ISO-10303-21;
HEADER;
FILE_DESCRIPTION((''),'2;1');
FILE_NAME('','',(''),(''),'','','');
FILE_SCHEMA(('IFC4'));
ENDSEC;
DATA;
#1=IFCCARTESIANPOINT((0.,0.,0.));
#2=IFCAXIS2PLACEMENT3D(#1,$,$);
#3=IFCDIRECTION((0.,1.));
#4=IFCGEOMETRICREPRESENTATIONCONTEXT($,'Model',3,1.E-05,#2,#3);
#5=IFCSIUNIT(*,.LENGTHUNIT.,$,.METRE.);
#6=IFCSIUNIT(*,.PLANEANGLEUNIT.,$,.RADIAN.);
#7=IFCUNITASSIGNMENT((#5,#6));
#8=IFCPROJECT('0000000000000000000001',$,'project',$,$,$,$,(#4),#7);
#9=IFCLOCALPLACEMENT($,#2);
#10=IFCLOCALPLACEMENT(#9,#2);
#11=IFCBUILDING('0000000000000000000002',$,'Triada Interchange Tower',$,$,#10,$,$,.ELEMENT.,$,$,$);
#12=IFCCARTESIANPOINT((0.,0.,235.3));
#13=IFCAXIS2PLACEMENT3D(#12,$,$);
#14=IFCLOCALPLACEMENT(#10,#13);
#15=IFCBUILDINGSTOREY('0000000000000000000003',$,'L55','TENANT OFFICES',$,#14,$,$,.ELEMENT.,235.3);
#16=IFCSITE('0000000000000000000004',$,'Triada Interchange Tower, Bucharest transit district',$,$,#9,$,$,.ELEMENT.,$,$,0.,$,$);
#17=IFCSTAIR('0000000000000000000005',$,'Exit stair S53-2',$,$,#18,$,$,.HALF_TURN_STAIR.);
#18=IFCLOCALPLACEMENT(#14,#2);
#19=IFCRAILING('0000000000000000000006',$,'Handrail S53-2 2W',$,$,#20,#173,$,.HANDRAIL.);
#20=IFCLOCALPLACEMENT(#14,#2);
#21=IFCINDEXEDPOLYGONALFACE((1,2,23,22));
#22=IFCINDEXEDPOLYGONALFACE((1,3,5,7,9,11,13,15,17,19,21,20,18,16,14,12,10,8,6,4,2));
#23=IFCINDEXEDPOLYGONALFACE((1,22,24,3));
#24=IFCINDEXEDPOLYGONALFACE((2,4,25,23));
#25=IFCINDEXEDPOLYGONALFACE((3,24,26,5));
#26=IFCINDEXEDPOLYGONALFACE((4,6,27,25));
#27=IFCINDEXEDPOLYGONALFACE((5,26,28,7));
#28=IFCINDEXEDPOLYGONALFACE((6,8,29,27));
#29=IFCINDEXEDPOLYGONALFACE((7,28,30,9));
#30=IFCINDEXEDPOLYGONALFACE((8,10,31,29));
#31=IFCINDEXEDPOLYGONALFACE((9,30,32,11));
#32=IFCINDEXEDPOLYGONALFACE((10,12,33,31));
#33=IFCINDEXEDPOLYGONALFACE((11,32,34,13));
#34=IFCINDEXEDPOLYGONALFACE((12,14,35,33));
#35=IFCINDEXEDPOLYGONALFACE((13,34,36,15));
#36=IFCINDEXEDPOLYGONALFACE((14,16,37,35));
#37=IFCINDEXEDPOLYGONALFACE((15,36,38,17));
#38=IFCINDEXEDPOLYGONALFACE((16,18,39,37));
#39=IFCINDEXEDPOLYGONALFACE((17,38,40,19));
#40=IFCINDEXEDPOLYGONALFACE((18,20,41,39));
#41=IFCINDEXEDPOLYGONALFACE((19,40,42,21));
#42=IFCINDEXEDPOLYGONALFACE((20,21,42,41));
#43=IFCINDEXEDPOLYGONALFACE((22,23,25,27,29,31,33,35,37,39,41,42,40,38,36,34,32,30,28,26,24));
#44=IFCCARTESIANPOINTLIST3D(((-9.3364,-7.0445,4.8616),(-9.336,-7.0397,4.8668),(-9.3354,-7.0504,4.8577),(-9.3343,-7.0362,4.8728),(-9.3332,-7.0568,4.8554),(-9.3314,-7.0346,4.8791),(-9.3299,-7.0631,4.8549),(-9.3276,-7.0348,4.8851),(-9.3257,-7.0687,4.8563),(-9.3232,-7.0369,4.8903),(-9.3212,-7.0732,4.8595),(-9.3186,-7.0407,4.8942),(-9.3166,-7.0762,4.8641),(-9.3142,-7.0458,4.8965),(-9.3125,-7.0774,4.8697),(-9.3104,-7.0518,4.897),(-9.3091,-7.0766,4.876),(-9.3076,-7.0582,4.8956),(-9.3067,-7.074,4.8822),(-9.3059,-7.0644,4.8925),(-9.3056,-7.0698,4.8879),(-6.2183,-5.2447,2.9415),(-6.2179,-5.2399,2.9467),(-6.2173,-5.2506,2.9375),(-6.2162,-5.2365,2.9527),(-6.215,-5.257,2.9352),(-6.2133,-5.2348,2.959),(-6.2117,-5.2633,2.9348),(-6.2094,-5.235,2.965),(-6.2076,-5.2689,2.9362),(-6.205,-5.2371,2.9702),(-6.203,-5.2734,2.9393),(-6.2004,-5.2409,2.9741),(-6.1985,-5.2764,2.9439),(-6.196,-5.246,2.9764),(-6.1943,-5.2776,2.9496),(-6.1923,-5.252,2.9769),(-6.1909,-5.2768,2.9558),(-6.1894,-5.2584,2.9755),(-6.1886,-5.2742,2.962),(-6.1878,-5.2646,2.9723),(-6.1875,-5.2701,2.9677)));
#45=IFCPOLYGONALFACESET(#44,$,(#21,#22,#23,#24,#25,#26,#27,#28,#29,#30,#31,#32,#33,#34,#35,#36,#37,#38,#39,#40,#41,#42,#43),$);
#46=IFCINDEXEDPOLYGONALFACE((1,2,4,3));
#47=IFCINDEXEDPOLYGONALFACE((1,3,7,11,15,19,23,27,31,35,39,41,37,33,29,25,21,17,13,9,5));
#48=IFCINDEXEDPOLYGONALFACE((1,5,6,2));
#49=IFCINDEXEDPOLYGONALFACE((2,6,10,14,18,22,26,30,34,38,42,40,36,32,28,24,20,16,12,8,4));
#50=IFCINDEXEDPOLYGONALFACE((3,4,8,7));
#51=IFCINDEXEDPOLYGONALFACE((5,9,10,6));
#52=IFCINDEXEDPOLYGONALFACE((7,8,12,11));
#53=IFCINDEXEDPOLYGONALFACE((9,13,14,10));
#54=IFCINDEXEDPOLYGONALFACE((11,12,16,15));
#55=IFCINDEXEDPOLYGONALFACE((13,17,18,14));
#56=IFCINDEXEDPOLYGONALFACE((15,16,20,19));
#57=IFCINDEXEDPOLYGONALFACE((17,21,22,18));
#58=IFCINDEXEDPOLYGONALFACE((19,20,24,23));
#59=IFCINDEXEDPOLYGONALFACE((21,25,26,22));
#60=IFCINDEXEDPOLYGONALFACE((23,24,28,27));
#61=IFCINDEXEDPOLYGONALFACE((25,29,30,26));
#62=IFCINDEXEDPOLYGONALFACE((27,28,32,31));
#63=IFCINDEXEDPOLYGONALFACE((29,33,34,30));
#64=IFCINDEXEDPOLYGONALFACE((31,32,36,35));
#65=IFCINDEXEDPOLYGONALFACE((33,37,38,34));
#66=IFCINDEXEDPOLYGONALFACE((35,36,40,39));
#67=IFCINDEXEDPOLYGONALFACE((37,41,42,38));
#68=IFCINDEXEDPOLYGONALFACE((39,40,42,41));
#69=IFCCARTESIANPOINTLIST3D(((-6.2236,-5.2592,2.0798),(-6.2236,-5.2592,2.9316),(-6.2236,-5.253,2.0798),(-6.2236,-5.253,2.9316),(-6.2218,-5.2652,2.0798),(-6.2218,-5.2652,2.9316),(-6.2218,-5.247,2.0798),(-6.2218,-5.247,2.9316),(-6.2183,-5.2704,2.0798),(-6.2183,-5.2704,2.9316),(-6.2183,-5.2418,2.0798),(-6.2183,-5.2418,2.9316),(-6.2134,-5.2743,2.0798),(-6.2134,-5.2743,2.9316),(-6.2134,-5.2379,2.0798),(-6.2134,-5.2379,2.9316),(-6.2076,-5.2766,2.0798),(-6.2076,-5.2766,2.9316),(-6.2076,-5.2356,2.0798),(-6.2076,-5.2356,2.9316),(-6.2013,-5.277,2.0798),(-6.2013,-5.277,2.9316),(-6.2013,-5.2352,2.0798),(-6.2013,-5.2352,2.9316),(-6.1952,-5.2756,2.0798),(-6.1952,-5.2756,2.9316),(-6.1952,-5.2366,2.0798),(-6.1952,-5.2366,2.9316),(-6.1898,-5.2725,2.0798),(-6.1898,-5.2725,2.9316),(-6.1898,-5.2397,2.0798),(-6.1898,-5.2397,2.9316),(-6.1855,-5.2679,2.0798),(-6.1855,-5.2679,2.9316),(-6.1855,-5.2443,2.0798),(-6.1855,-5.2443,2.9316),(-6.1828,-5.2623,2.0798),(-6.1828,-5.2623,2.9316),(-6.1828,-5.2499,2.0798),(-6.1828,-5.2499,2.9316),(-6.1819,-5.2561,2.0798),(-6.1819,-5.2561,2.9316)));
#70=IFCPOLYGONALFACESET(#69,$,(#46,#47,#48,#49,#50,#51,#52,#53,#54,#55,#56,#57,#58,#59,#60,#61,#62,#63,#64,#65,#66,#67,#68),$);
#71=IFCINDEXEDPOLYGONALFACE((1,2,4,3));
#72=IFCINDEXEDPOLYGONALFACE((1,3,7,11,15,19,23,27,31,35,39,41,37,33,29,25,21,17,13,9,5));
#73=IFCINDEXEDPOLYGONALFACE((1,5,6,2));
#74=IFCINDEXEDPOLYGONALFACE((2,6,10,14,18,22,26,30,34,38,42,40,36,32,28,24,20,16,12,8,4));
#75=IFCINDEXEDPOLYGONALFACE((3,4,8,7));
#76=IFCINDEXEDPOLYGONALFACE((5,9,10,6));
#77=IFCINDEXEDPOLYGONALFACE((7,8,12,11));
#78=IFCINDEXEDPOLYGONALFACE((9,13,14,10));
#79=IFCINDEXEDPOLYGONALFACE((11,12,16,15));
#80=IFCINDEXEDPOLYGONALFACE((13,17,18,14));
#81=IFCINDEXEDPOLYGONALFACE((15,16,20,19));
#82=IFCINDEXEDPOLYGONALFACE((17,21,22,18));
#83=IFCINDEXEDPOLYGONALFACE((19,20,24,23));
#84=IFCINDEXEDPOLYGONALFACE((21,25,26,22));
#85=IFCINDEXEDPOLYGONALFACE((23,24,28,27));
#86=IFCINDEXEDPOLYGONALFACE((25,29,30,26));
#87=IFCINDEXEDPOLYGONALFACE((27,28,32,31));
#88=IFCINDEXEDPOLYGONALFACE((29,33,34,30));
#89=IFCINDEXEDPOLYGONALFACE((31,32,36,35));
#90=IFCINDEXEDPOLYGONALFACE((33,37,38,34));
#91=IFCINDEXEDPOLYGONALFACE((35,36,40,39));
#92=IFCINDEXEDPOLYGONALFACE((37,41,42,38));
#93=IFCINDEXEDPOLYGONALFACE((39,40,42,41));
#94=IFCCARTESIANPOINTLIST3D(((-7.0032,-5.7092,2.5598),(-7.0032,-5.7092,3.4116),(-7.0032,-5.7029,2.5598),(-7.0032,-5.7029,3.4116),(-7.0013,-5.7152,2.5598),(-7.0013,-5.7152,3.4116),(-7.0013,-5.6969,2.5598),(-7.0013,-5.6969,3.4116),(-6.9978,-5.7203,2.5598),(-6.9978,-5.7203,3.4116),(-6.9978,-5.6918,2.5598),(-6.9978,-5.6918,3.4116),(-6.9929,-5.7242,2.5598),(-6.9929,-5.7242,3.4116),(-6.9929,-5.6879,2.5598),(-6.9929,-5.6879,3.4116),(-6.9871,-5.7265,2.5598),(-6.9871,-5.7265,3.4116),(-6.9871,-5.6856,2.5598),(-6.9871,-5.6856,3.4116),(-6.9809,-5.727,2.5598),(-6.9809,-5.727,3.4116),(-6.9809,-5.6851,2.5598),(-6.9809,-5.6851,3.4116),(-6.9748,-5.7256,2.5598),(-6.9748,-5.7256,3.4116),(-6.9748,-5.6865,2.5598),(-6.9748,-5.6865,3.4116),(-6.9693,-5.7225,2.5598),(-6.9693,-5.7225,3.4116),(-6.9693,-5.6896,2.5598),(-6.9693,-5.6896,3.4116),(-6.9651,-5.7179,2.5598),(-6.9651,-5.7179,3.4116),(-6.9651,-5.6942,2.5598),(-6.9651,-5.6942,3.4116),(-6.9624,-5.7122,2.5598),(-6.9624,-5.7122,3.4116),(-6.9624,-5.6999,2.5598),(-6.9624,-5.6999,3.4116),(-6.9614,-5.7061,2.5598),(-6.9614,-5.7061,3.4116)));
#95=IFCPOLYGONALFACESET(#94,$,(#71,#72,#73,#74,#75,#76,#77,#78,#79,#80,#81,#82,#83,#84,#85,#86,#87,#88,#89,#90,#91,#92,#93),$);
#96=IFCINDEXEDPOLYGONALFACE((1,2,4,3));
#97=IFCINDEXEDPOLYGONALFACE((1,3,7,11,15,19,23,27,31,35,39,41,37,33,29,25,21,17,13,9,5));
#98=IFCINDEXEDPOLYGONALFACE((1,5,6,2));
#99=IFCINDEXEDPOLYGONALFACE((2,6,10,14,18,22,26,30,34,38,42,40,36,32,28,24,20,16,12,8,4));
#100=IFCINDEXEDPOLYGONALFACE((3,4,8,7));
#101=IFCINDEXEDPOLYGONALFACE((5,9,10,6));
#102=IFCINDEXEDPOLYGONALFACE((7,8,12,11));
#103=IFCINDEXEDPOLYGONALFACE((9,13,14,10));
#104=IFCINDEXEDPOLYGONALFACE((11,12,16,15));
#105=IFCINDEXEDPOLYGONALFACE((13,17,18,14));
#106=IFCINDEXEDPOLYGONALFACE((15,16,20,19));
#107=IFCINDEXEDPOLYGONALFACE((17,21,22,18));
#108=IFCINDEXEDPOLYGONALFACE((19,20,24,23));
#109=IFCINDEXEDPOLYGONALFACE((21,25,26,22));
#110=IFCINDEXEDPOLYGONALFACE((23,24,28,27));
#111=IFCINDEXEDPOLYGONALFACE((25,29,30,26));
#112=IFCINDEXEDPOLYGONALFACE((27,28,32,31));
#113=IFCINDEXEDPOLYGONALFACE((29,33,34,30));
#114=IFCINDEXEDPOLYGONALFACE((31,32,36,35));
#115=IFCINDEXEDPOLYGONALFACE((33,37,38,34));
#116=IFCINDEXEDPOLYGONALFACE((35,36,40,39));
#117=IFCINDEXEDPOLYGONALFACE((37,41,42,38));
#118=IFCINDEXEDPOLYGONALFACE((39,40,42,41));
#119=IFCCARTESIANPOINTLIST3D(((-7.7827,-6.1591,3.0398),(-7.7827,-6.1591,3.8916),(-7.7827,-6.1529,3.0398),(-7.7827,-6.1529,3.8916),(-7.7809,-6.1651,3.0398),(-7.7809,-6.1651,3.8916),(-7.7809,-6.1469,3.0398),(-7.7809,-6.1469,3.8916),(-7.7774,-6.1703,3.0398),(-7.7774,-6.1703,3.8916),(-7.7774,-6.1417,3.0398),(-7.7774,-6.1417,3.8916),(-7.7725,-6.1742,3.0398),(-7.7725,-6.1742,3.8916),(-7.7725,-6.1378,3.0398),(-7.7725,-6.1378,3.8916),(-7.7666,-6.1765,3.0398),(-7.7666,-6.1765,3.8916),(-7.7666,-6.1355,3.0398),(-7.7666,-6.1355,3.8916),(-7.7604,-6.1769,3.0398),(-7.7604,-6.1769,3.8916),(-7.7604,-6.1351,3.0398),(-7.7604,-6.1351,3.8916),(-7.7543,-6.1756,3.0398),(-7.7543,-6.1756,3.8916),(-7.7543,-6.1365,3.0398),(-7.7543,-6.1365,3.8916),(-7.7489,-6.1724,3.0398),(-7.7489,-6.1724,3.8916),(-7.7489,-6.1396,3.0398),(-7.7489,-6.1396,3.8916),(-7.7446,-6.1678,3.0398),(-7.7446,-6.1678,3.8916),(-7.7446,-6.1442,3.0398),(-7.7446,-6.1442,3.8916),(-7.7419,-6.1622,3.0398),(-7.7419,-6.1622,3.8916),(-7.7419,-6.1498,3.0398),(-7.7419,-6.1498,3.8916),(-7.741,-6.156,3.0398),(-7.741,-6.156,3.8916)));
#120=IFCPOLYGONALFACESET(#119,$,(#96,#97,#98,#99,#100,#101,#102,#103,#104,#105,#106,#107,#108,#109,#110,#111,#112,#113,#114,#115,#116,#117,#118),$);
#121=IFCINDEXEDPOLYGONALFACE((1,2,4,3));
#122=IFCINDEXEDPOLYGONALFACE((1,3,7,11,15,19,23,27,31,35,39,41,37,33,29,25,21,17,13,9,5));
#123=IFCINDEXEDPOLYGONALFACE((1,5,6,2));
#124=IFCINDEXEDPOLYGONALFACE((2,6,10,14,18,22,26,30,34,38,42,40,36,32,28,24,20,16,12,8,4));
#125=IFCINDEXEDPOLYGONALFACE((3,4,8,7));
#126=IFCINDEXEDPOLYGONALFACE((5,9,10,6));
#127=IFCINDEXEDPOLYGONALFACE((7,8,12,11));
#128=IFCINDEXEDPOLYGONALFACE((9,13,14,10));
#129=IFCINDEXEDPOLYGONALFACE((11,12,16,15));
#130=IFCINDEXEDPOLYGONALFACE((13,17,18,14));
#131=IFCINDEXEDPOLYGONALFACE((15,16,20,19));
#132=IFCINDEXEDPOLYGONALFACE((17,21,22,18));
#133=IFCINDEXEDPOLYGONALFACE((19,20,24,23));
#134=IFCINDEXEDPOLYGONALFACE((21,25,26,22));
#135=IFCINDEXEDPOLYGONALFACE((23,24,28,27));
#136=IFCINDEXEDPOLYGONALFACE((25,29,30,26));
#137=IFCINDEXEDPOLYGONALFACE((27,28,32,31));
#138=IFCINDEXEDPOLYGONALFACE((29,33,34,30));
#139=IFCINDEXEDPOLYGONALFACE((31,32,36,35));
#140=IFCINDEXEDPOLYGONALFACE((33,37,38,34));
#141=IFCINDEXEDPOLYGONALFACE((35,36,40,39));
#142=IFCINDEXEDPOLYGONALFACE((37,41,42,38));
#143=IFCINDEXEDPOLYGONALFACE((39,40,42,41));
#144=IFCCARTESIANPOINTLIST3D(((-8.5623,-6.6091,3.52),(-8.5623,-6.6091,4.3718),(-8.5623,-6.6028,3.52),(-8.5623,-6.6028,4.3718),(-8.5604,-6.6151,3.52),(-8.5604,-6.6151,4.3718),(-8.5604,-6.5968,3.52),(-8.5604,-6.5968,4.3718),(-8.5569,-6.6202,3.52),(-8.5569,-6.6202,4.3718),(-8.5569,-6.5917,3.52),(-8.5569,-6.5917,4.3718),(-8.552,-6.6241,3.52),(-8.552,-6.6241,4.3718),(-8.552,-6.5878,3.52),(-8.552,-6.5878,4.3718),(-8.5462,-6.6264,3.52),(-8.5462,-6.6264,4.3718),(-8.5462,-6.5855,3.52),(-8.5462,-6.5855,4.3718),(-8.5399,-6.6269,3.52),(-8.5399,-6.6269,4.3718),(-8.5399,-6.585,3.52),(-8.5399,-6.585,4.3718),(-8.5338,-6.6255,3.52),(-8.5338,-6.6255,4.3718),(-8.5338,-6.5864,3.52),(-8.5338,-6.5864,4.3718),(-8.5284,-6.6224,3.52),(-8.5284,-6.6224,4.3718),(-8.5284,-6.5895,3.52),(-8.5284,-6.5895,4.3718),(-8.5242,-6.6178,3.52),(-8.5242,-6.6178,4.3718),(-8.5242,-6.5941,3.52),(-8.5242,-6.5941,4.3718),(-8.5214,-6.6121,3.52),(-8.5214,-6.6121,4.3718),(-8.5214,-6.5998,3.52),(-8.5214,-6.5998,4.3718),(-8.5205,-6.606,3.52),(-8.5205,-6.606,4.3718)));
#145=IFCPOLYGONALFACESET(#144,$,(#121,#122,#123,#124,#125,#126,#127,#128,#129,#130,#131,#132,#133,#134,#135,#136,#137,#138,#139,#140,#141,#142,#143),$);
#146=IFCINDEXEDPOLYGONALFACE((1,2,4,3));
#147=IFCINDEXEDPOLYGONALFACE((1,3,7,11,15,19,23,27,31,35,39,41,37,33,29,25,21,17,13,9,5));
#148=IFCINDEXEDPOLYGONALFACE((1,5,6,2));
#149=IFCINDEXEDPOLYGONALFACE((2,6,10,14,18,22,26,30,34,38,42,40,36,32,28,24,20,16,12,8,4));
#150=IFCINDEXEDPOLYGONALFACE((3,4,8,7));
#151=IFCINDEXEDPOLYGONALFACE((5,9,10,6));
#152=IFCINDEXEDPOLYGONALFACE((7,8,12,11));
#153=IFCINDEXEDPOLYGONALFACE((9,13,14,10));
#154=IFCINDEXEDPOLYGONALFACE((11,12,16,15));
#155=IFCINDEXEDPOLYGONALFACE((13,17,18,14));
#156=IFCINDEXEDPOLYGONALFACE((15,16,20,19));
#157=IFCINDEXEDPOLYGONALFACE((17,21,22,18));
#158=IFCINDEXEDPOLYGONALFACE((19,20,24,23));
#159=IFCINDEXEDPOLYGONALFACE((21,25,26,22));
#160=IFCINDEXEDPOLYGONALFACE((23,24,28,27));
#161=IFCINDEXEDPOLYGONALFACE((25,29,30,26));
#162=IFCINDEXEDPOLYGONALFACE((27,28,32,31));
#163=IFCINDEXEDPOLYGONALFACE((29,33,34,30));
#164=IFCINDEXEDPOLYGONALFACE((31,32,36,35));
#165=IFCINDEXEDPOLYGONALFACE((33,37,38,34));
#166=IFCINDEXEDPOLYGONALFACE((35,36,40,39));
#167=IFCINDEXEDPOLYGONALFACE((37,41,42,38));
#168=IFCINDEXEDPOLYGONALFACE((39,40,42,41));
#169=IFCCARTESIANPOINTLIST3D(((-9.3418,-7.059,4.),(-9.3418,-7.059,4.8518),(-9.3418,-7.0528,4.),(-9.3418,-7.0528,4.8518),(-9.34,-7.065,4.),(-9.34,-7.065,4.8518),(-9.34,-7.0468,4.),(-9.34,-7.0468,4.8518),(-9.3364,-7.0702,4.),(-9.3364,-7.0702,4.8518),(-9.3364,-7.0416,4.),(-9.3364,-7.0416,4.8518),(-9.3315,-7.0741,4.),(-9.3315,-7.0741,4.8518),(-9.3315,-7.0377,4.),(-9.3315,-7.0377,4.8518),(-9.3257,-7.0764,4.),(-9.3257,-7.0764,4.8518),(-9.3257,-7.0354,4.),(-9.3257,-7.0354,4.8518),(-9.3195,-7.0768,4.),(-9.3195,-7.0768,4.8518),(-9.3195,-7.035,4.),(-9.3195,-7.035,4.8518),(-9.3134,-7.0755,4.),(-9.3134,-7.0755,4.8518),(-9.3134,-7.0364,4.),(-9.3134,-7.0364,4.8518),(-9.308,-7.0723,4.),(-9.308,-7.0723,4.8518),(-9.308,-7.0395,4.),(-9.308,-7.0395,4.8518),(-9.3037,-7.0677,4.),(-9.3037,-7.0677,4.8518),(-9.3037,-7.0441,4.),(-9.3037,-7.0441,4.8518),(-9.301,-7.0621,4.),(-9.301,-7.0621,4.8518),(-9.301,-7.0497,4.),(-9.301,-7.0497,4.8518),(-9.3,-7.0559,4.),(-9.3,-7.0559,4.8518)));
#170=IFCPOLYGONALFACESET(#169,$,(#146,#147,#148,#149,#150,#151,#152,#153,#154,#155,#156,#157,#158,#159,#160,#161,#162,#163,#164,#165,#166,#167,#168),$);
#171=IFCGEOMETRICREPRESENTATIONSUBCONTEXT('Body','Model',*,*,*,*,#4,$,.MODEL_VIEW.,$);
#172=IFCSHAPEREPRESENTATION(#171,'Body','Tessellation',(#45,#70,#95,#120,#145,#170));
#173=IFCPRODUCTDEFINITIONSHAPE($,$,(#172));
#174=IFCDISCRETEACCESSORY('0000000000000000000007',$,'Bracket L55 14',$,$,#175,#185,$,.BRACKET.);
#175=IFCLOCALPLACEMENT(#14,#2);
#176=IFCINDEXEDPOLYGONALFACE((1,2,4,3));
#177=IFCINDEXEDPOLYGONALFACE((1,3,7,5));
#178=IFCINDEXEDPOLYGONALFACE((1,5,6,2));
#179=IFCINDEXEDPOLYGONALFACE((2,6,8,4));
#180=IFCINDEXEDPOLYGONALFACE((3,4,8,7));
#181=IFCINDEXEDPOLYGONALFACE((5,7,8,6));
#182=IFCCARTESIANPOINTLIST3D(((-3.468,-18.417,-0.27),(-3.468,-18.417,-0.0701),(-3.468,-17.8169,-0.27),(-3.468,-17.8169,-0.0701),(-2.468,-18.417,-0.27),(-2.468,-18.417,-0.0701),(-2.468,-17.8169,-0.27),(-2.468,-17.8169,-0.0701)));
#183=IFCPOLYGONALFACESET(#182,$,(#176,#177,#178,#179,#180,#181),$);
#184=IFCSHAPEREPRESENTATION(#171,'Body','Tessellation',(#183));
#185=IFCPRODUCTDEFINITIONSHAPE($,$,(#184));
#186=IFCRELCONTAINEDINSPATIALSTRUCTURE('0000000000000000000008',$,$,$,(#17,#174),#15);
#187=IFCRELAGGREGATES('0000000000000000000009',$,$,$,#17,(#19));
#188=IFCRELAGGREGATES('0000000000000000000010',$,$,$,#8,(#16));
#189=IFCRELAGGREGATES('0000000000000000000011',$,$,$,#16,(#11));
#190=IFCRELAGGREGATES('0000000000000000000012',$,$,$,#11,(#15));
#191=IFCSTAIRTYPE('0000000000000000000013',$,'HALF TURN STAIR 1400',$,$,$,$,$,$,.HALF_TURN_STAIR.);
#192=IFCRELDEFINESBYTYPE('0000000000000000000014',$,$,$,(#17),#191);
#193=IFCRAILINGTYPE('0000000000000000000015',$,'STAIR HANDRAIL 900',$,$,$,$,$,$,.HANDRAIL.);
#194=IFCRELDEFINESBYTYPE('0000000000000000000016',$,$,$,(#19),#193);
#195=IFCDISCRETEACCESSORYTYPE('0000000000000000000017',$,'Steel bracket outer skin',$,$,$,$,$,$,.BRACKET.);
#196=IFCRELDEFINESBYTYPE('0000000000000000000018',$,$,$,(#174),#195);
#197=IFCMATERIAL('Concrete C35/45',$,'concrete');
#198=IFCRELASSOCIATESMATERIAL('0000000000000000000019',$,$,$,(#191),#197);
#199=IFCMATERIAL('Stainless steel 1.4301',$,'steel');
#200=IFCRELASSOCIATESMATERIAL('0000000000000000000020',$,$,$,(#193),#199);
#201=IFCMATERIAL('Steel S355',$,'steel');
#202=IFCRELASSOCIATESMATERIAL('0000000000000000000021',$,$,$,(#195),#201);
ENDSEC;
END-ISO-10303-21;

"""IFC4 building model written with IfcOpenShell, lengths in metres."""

from ifc_helpers import new_model, si_unit, direction, frame, origin, origin_2d, place, context, subcontext, project, spatial, rectangle, circle, extrude, material, type_object, element, aggregate, save


model = new_model("IFC4")

# Units and contexts
model_context = context("Model", 3, precision=1e-05, world=origin(), true_north=direction((0.0, 1.0)))
body_context = subcontext(model_context, "Body", "Model", "MODEL_VIEW")
ifc_project = project(units=[si_unit("LENGTHUNIT", "METRE"), si_unit("PLANEANGLEUNIT", "RADIAN")], contexts=[model_context])

# Site, building, storey
site_placement = place(None, origin())
site = spatial("IfcSite", under=ifc_project, at=site_placement, Name="Triada Interchange Tower, Bucharest transit district", CompositionType="ELEMENT", RefElevation=0.0)
building_placement = place(site_placement, origin())
building = spatial("IfcBuilding", under=site, at=building_placement, Name="Triada Interchange Tower", CompositionType="ELEMENT")
storey_placement = place(building_placement, frame((0.0, 0.0, 235.3)))
storey = spatial("IfcBuildingStorey", under=building, at=storey_placement, Name="L55", Description="TENANT OFFICES", CompositionType="ELEMENT", Elevation=235.3)

# Stair, railing
ifc_material_1 = material(Name="Concrete C35/45", Category="concrete")
stair_type = type_object("IfcStairType", Name="HALF TURN STAIR 1400", PredefinedType="HALF_TURN_STAIR", material=ifc_material_1)
stair_placement = place(storey_placement, origin())
stair = element("IfcStair", 1, at=stair_placement, inside=storey, type_object=stair_type, Name="Exit stair S53-2", PredefinedType="HALF_TURN_STAIR")
ifc_material_2 = material(Name="Stainless steel 1.4301", Category="steel")
railing_type = type_object("IfcRailingType", Name="STAIR HANDRAIL 900", PredefinedType="HANDRAIL", material=ifc_material_2)
railing_placement = place(storey_placement, frame((-6.2029, -5.2561, 2.0798)))
railing = element("IfcRailing", 2, at=railing_placement, type_object=railing_type, Name="Handrail S53-2 2W", PredefinedType="HANDRAIL", context=body_context, shape_type="SweptSolid", body=[
    extrude(circle(Radius=0.0239, at=origin_2d()), frame((0.0, 0.0, 0.876), z_axis=(-0.76419, -0.44109, 0.470588), x_axis=(0.499902, -0.866082, 0.0)), (0.0, 0.0, 1.0), 4.0803),
    extrude(circle(Radius=0.021, at=origin_2d()), origin(), (0.0, 0.0, 1.0), 0.8518),
    extrude(circle(Radius=0.021, at=origin_2d()), frame((-0.7795, -0.45, 0.48)), (0.0, 0.0, 1.0), 0.8518),
    extrude(circle(Radius=0.021, at=origin_2d()), frame((-1.5591, -0.8999, 0.96)), (0.0, 0.0, 1.0), 0.8518),
    extrude(circle(Radius=0.021, at=origin_2d()), frame((-2.3386, -1.3499, 1.4402)), (0.0, 0.0, 1.0), 0.8518),
    extrude(circle(Radius=0.021, at=origin_2d()), frame((-3.1182, -1.7998, 1.9202)), (0.0, 0.0, 1.0), 0.8518),
])
aggregate(stair, [railing])

# Discrete accessory
ifc_material_3 = material(Name="Steel S355", Category="steel")
discrete_accessory_type = type_object("IfcDiscreteAccessoryType", Name="Steel bracket outer skin", PredefinedType="BRACKET", material=ifc_material_3)
discrete_accessory_placement = place(storey_placement, frame((-2.968, -18.1169, -0.27), z_axis=(0.0, 0.0, 1.0), x_axis=(0.0, -1.0, 0.0)))
element("IfcDiscreteAccessory", 3, at=discrete_accessory_placement, inside=storey, type_object=discrete_accessory_type, Name="Bracket L55 14", PredefinedType="BRACKET", context=body_context, shape_type="SweptSolid", body=[
    extrude(rectangle(XDim=0.6001, YDim=1.0, at=origin_2d()), origin(), (0.0, 0.0, 1.0), 0.2),
])

save(model, "model.ifc")
